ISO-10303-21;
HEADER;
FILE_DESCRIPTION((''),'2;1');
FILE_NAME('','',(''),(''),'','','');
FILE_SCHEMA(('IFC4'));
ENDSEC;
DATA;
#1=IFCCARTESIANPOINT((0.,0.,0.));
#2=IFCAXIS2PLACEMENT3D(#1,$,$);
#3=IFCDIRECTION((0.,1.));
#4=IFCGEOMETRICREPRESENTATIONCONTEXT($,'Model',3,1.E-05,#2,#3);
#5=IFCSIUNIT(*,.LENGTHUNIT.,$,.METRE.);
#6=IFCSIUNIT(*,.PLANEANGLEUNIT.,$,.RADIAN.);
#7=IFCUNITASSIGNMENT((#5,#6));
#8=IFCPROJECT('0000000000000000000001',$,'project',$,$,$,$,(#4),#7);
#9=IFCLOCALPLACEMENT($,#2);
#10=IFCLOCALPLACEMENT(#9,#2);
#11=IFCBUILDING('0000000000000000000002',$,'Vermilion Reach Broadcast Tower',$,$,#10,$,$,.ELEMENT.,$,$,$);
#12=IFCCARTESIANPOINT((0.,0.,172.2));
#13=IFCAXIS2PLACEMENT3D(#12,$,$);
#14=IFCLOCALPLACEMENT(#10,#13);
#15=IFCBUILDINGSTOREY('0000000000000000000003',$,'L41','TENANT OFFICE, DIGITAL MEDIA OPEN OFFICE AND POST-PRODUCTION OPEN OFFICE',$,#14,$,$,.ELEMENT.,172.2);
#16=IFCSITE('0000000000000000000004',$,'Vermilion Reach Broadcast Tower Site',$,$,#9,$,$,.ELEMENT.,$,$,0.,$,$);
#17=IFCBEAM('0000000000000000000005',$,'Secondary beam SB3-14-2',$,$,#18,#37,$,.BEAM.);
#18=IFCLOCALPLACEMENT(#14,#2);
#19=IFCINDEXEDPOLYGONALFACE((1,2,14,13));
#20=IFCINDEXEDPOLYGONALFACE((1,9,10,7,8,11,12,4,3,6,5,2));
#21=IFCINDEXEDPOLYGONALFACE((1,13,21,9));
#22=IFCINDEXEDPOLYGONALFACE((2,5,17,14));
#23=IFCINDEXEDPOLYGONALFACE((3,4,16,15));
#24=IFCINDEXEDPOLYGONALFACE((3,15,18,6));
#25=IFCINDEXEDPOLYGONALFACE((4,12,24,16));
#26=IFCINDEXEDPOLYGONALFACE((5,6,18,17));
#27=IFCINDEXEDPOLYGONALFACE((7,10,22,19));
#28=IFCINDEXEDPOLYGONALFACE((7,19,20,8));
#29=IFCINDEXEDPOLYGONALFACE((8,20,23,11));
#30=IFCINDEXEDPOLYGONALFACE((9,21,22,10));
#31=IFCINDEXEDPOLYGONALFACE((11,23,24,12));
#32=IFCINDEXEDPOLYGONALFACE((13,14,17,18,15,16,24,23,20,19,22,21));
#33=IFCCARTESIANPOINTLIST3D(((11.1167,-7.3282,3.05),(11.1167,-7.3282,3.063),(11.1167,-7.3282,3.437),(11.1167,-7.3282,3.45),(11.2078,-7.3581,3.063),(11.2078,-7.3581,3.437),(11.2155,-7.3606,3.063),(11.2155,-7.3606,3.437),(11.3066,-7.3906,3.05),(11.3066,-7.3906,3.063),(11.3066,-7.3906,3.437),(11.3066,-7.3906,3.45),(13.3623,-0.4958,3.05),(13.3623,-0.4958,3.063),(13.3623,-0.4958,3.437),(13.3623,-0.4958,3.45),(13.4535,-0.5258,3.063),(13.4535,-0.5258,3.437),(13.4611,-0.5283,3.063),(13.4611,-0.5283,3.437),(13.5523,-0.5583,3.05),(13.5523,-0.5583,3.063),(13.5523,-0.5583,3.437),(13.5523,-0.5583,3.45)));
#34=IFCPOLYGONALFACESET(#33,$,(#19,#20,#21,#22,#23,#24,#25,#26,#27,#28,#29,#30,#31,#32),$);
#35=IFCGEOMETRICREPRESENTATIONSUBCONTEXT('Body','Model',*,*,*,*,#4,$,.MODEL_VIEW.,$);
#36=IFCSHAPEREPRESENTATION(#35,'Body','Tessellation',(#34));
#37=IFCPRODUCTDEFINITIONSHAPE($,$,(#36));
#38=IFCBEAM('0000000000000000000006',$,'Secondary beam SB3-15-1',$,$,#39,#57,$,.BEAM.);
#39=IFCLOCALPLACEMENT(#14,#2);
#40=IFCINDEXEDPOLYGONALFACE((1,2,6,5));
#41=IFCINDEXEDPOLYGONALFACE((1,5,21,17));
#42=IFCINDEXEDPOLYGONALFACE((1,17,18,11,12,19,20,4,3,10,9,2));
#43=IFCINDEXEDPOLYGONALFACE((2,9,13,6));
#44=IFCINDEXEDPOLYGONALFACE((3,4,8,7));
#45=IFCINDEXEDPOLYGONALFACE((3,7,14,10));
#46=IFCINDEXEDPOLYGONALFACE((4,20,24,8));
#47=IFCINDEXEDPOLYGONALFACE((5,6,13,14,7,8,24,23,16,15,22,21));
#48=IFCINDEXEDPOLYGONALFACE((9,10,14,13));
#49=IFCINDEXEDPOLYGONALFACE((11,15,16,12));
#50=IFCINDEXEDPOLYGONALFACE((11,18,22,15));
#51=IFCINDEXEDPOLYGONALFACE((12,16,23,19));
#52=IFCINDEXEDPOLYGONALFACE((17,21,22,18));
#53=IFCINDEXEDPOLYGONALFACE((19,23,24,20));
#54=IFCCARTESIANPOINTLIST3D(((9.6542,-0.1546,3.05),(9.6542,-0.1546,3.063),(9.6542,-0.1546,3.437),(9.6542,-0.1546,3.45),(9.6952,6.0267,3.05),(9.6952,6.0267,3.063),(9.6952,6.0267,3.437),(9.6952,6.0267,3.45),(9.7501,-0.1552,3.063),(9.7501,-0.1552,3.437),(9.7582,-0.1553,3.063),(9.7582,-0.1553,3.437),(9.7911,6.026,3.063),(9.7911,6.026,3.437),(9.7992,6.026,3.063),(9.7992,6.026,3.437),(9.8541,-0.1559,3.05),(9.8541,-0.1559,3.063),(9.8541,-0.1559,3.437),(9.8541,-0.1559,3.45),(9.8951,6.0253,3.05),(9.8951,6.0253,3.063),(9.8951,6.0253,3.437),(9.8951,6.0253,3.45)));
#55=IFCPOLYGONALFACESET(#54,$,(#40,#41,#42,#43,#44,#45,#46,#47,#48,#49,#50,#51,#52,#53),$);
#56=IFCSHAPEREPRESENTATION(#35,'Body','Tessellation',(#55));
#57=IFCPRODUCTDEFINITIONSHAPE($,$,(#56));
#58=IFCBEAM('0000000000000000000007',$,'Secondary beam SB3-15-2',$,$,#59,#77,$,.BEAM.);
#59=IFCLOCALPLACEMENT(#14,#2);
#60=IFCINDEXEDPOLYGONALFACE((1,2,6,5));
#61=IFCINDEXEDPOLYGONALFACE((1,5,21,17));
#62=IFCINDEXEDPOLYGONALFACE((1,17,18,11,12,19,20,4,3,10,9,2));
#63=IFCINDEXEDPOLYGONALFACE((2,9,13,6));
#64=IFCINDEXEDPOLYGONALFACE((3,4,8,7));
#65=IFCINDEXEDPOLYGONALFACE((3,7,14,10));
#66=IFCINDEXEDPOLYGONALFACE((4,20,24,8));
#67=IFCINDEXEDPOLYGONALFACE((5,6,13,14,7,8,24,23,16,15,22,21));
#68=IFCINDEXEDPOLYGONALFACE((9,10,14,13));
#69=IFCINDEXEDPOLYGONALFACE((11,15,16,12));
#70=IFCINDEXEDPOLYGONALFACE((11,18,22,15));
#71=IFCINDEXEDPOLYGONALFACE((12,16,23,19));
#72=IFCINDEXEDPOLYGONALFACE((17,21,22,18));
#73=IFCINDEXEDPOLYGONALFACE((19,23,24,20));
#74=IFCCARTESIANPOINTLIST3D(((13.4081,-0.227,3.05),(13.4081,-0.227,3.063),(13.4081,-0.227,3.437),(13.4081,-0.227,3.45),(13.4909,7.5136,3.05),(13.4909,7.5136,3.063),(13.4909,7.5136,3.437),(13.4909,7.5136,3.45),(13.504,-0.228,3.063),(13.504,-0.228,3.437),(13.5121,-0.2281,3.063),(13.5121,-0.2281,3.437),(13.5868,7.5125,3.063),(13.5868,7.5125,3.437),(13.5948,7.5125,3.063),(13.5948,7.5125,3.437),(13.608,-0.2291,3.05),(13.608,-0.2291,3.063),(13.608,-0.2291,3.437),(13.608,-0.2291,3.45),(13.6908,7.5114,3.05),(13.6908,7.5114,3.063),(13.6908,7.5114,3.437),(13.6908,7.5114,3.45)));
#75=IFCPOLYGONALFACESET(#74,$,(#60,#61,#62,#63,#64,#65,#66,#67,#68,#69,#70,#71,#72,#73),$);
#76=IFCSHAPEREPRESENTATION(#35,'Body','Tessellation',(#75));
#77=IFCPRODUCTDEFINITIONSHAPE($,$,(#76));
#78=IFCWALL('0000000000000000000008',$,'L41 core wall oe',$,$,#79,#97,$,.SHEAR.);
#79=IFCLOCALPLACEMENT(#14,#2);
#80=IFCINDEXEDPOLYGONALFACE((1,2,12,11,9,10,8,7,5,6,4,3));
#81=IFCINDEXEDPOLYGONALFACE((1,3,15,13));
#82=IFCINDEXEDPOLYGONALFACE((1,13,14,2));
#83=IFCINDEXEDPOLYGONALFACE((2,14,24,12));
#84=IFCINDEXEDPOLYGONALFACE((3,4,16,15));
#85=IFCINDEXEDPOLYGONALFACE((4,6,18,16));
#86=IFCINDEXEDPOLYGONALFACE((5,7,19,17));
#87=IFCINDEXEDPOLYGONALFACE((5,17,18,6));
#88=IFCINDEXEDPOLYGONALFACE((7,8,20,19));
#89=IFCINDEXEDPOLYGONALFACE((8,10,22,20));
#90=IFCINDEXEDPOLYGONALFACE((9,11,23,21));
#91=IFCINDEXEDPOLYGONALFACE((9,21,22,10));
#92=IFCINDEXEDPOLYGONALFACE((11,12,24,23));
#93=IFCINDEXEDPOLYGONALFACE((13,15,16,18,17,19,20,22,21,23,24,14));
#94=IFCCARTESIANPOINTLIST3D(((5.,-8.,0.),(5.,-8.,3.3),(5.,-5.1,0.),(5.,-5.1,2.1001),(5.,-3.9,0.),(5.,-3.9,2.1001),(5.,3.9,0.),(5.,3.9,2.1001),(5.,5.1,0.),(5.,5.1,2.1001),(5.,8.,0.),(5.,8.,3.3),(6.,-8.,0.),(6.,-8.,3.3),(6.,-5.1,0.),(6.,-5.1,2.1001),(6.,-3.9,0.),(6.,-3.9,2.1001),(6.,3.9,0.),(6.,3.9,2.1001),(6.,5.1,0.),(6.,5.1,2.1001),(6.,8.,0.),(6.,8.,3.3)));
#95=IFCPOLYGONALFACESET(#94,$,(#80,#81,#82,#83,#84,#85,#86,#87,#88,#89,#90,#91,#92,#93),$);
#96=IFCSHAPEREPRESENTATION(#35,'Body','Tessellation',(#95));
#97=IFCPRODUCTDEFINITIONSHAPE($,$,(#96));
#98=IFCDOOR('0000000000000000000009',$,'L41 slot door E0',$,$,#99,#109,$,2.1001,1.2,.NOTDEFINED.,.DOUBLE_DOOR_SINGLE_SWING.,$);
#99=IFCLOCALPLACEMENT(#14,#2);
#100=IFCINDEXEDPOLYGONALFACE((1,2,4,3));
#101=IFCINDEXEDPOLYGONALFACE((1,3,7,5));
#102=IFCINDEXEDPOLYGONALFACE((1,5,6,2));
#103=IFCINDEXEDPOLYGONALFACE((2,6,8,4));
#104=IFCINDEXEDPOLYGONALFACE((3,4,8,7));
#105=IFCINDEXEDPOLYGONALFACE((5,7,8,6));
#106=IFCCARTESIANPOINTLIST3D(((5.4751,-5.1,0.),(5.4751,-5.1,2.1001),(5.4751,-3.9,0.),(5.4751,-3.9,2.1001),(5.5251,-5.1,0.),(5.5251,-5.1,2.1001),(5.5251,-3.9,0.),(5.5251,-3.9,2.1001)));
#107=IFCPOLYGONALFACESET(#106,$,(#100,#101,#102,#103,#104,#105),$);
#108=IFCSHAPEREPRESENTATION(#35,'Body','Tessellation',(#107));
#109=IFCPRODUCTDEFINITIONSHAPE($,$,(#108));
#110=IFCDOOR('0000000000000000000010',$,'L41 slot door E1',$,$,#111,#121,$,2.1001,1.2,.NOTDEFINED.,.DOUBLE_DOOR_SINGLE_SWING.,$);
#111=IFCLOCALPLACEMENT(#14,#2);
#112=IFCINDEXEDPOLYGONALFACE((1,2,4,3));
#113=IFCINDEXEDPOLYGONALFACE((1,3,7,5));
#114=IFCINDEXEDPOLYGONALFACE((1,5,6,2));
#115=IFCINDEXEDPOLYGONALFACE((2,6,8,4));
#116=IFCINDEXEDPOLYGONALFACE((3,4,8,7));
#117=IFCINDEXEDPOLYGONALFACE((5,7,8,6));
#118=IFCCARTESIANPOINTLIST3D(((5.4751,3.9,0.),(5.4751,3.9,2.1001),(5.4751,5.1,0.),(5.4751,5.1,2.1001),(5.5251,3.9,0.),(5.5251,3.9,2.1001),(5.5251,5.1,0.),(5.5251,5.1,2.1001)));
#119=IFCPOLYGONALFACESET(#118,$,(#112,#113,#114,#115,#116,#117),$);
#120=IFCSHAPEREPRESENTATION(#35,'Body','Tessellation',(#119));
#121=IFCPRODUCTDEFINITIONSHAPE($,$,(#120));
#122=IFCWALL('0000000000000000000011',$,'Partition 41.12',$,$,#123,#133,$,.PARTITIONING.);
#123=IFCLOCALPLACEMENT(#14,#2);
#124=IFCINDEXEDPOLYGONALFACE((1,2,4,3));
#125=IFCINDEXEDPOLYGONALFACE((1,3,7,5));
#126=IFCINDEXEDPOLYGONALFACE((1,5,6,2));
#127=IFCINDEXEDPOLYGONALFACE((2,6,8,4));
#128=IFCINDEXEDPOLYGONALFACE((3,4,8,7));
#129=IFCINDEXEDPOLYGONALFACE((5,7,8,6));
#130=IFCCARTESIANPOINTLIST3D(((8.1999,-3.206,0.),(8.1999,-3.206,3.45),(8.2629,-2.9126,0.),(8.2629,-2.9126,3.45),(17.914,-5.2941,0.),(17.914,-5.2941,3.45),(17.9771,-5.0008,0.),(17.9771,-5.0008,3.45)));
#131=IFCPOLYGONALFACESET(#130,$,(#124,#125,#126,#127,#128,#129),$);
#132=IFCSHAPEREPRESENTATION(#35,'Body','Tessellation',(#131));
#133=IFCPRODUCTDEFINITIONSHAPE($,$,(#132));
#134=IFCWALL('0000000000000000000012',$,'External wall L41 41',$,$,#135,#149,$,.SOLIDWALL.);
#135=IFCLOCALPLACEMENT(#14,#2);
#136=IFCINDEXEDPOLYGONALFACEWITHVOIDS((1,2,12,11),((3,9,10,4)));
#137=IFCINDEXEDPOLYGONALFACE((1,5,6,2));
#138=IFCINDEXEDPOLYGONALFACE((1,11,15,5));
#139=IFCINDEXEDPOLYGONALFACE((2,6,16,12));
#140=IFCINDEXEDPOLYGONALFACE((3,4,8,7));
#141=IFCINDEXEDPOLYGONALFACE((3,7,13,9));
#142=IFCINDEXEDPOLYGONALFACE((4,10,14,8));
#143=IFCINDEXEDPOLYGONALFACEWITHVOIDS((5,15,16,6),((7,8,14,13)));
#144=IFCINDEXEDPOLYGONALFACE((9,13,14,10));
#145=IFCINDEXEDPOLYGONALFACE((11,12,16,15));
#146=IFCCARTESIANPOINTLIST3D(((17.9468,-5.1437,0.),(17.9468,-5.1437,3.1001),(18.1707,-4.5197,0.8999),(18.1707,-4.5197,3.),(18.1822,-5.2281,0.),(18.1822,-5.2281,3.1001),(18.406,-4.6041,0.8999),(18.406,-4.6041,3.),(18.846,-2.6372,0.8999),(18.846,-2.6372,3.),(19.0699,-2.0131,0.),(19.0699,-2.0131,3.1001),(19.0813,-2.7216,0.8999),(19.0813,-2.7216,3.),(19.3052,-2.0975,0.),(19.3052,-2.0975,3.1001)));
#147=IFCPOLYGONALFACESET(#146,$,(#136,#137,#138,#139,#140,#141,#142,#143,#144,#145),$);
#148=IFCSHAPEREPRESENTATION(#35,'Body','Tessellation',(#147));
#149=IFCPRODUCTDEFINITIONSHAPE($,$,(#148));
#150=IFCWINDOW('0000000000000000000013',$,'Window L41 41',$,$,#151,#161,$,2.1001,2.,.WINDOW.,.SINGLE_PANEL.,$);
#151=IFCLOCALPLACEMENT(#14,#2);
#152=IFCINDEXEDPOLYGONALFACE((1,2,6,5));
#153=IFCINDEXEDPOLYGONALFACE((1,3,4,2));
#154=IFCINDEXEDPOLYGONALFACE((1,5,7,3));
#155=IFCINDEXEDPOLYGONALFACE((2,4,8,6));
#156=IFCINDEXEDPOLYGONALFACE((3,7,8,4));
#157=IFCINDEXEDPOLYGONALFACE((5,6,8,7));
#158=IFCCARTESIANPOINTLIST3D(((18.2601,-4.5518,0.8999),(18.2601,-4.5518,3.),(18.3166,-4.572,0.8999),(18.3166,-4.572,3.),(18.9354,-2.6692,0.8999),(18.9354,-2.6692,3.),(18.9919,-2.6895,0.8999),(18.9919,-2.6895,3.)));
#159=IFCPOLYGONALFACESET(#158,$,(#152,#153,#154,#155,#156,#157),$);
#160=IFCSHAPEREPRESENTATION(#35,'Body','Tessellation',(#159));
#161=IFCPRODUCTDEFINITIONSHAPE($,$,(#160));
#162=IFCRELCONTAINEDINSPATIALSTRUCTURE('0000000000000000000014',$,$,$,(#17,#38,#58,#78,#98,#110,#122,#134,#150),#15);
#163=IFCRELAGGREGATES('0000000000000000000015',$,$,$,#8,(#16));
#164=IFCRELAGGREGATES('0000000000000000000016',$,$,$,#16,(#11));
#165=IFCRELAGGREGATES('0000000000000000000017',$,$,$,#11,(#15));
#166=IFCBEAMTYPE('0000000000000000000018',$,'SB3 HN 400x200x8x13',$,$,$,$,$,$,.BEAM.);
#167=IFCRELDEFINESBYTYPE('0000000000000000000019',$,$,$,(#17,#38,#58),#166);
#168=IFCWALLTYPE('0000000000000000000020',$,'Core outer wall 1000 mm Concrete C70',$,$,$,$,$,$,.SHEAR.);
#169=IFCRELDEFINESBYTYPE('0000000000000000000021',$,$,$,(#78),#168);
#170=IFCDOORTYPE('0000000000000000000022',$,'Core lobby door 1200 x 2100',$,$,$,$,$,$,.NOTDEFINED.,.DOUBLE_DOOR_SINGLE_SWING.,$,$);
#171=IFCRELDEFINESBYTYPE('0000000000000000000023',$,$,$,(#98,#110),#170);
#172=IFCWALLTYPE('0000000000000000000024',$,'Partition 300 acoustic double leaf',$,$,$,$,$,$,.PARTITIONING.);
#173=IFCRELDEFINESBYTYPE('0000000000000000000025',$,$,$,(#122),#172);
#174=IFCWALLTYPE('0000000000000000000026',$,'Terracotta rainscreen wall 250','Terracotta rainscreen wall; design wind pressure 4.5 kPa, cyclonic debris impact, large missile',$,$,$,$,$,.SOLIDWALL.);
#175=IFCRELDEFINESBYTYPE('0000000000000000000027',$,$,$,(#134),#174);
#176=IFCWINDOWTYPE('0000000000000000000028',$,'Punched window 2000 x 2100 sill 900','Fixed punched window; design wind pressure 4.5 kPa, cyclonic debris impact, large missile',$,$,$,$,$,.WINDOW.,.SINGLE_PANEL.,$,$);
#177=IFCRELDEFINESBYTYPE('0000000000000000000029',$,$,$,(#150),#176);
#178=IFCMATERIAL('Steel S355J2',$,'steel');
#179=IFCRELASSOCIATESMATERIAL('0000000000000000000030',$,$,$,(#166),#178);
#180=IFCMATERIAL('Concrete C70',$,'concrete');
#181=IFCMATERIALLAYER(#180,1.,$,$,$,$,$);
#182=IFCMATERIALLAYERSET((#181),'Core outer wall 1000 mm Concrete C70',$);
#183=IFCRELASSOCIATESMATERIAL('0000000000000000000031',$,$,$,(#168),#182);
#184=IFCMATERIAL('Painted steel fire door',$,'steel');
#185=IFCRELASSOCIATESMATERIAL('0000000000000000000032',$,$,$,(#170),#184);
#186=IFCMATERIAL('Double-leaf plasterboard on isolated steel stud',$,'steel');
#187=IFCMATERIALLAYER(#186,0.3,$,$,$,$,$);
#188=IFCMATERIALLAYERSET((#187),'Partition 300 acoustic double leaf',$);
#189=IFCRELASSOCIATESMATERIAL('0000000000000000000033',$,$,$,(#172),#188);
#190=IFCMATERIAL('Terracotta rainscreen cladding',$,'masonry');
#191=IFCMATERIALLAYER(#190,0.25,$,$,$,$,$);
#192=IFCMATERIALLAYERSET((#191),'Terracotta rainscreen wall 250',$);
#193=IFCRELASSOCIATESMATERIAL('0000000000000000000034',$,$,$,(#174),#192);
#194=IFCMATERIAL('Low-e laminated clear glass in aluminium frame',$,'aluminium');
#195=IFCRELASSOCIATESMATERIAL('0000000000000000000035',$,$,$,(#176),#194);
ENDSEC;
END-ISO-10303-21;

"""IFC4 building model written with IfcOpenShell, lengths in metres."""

from ifc_helpers import new_model, si_unit, direction, frame, frame_2d, origin, origin_2d, place, context, subcontext, project, spatial, rectangle, i_section, extrude, material, layer, layer_set, material_profile, profile_set, type_object, element, fill, save


model = new_model("IFC4")

# Units and contexts
model_context = context("Model", 3, precision=1e-05, world=origin(), true_north=direction((0.0, 1.0)))
body_context = subcontext(model_context, "Body", "Model", "MODEL_VIEW")
ifc_project = project(units=[si_unit("LENGTHUNIT", "METRE"), si_unit("PLANEANGLEUNIT", "RADIAN")], contexts=[model_context])

# Site, building, storey
site_placement = place(None, origin())
site = spatial("IfcSite", under=ifc_project, at=site_placement, Name="Vermilion Reach Broadcast Tower Site", CompositionType="ELEMENT", RefElevation=0.0)
building_placement = place(site_placement, origin())
building = spatial("IfcBuilding", under=site, at=building_placement, Name="Vermilion Reach Broadcast Tower", CompositionType="ELEMENT")
storey_placement = place(building_placement, frame((0.0, 0.0, 172.2)))
storey = spatial("IfcBuildingStorey", under=building, at=storey_placement, Name="L41", Description="TENANT OFFICE, DIGITAL MEDIA OPEN OFFICE AND POST-PRODUCTION OPEN OFFICE", CompositionType="ELEMENT", Elevation=172.2)

# Beams
ifc_material_1 = material(Name="Steel S355J2", Category="steel")
ifc_material_profile_1 = material_profile(ifc_material_1, i_section(OverallWidth=0.2, OverallDepth=0.3999, WebThickness=0.0081, FlangeThickness=0.0129, at=origin_2d()), Name="S355J2 HN 400x200x8x13")
ifc_profile_set_1 = profile_set([ifc_material_profile_1], Name="Steel S355J2")
beam_type_1 = type_object("IfcBeamType", Name="SB3 HN 400x200x8x13", PredefinedType="BEAM", material=ifc_profile_set_1)
beam_1_placement = place(storey_placement, frame((11.2117, -7.3594, 3.25), z_axis=(0.312243, 0.950002, 0.0), x_axis=(-0.950002, 0.312243, 0.0)))
element("IfcBeam", 1, at=beam_1_placement, inside=storey, type_object=beam_type_1, Name="Secondary beam SB3-14-2", PredefinedType="BEAM", context=body_context, shape_type="SweptSolid", body=[
    extrude(i_section(OverallWidth=0.2, OverallDepth=0.3999, WebThickness=0.0081, FlangeThickness=0.0129, at=origin_2d()), origin(), (0.0, 0.0, 1.0), 7.1919),
])
beam_2_placement = place(storey_placement, frame((9.7542, -0.1553, 3.25), z_axis=(0.006635, 0.999978, 0.0), x_axis=(-0.999978, 0.006635, 0.0)))
element("IfcBeam", 2, at=beam_2_placement, inside=storey, type_object=beam_type_1, Name="Secondary beam SB3-15-1", PredefinedType="BEAM", context=body_context, shape_type="SweptSolid", body=[
    extrude(i_section(OverallWidth=0.2, OverallDepth=0.3999, WebThickness=0.0081, FlangeThickness=0.0129, at=origin_2d()), origin(), (0.0, 0.0, 1.0), 6.1814),
])
beam_3_placement = place(storey_placement, frame((13.5081, -0.228, 3.25), z_axis=(0.010692, 0.999943, 0.0), x_axis=(-0.999943, 0.010692, 0.0)))
element("IfcBeam", 3, at=beam_3_placement, inside=storey, type_object=beam_type_1, Name="Secondary beam SB3-15-2", PredefinedType="BEAM", context=body_context, shape_type="SweptSolid", body=[
    extrude(i_section(OverallWidth=0.2, OverallDepth=0.3999, WebThickness=0.0081, FlangeThickness=0.0129, at=origin_2d()), origin(), (0.0, 0.0, 1.0), 7.741),
])

# Wall, openings, doors
ifc_material_2 = material(Name="Concrete C70", Category="concrete")
ifc_layer_1 = layer(ifc_material_2, 1.0)
ifc_layer_set_1 = layer_set([ifc_layer_1], Name="Core outer wall 1000 mm Concrete C70")
wall_type_1 = type_object("IfcWallType", Name="Core outer wall 1000 mm Concrete C70", PredefinedType="SHEAR", material=ifc_layer_set_1)
wall_1_placement = place(storey_placement, frame((5.5, -8.0, 0.0), z_axis=(0.0, 0.0, 1.0), x_axis=(0.0, 1.0, 0.0)))
wall_1 = element("IfcWall", 4, at=wall_1_placement, inside=storey, type_object=wall_type_1, Name="L41 core wall oe", PredefinedType="SHEAR", context=body_context, shape_type="SweptSolid", body=[
    extrude(rectangle(XDim=16.0, YDim=1.0, at=frame_2d((8.0, 0.0))), origin(), (0.0, 0.0, 1.0), 3.3),
])
opening_1_placement = place(wall_1_placement, frame((2.8999, 0.0, 0.0)))
opening_1 = element("IfcOpeningElement", 5, at=opening_1_placement, cuts=wall_1, PredefinedType="OPENING", context=body_context, shape_type="SweptSolid", body=[
    extrude(rectangle(XDim=1.2, YDim=2.1001, at=frame_2d((0.6001, 1.05))), frame((0.0, 0.51, 0.0), z_axis=(0.0, -1.0, 0.0), x_axis=(1.0, 0.0, 0.0)), (0.0, 0.0, 1.0), 1.02),
])
opening_2_placement = place(wall_1_placement, frame((11.8999, 0.0, 0.0)))
opening_2 = element("IfcOpeningElement", 6, at=opening_2_placement, cuts=wall_1, PredefinedType="OPENING", context=body_context, shape_type="SweptSolid", body=[
    extrude(rectangle(XDim=1.2, YDim=2.1001, at=frame_2d((0.6001, 1.05))), frame((0.0, 0.51, 0.0), z_axis=(0.0, -1.0, 0.0), x_axis=(1.0, 0.0, 0.0)), (0.0, 0.0, 1.0), 1.02),
])
ifc_material_3 = material(Name="Painted steel fire door", Category="steel")
door_type_1 = type_object("IfcDoorType", Name="Core lobby door 1200 x 2100", OperationType="DOUBLE_DOOR_SINGLE_SWING", PredefinedType="NOTDEFINED", material=ifc_material_3)
door_1_placement = place(opening_1_placement, origin())
door_1 = element("IfcDoor", 7, at=door_1_placement, inside=storey, type_object=door_type_1, Name="L41 slot door E0", OperationType="DOUBLE_DOOR_SINGLE_SWING", OverallHeight=2.1001, OverallWidth=1.2, PredefinedType="NOTDEFINED", context=body_context, shape_type="SweptSolid", body=[
    extrude(rectangle(XDim=1.2, YDim=2.1001, at=frame_2d((0.6001, 1.05))), frame((0.0, 0.0249, 0.0), z_axis=(0.0, -1.0, 0.0), x_axis=(1.0, 0.0, 0.0)), (0.0, 0.0, 1.0), 0.05),
])
fill(opening_1, door_1)
door_2_placement = place(opening_2_placement, origin())
door_2 = element("IfcDoor", 8, at=door_2_placement, inside=storey, type_object=door_type_1, Name="L41 slot door E1", OperationType="DOUBLE_DOOR_SINGLE_SWING", OverallHeight=2.1001, OverallWidth=1.2, PredefinedType="NOTDEFINED", context=body_context, shape_type="SweptSolid", body=[
    extrude(rectangle(XDim=1.2, YDim=2.1001, at=frame_2d((0.6001, 1.05))), frame((0.0, 0.0249, 0.0), z_axis=(0.0, -1.0, 0.0), x_axis=(1.0, 0.0, 0.0)), (0.0, 0.0, 1.0), 0.05),
])
fill(opening_2, door_2)

# Wall
ifc_material_4 = material(Name="Double-leaf plasterboard on isolated steel stud", Category="steel")
ifc_layer_2 = layer(ifc_material_4, 0.3)
ifc_layer_set_2 = layer_set([ifc_layer_2], Name="Partition 300 acoustic double leaf")
wall_type_2 = type_object("IfcWallType", Name="Partition 300 acoustic double leaf", PredefinedType="PARTITIONING", material=ifc_layer_set_2)
wall_2_placement = place(storey_placement, frame((17.9456, -5.1475, 0.0), z_axis=(0.0, 0.0, 1.0), x_axis=(-0.977667, 0.210158, 0.0)))
element("IfcWall", 9, at=wall_2_placement, inside=storey, type_object=wall_type_2, Name="Partition 41.12", PredefinedType="PARTITIONING", context=body_context, shape_type="SweptSolid", body=[
    extrude(rectangle(XDim=9.936, YDim=0.3, at=frame_2d((4.968, 0.0))), origin(), (0.0, 0.0, 1.0), 3.45),
])

# Shared definitions
ifc_material_5 = material(Name="Terracotta rainscreen cladding", Category="masonry")
ifc_layer_3 = layer(ifc_material_5, 0.25)
ifc_layer_set_3 = layer_set([ifc_layer_3], Name="Terracotta rainscreen wall 250")
wall_type_3 = type_object("IfcWallType", Name="Terracotta rainscreen wall 250", Description="Terracotta rainscreen wall; design wind pressure 4.5 kPa, cyclonic debris impact, large missile", PredefinedType="SOLIDWALL", material=ifc_layer_set_3)

# Wall, opening, window
wall_3_placement = place(storey_placement, frame((18.0645, -5.186, 0.0), z_axis=(0.0, 0.0, 1.0), x_axis=(0.337661, 0.941268, 0.0)))
wall_3 = element("IfcWall", 10, at=wall_3_placement, inside=storey, type_object=wall_type_3, Name="External wall L41 41", PredefinedType="SOLIDWALL", context=body_context, shape_type="SweptSolid", body=[
    extrude(rectangle(XDim=3.3259, YDim=0.25, at=frame_2d((1.6631, 0.0))), origin(), (0.0, 0.0, 1.0), 3.1001),
])
opening_3_placement = place(wall_3_placement, frame((0.6631, 0.0, 0.8999)))
opening_3 = element("IfcOpeningElement", 11, at=opening_3_placement, cuts=wall_3, PredefinedType="OPENING", context=body_context, shape_type="SweptSolid", body=[
    extrude(rectangle(XDim=2.0, YDim=2.1001, at=frame_2d((1.0, 1.05))), frame((0.0, 0.135, 0.0), z_axis=(0.0, -1.0, 0.0), x_axis=(1.0, 0.0, 0.0)), (0.0, 0.0, 1.0), 0.27),
])
ifc_material_6 = material(Name="Low-e laminated clear glass in aluminium frame", Category="aluminium")
window_type = type_object("IfcWindowType", Name="Punched window 2000 x 2100 sill 900", Description="Fixed punched window; design wind pressure 4.5 kPa, cyclonic debris impact, large missile", PartitioningType="SINGLE_PANEL", PredefinedType="WINDOW", material=ifc_material_6)
window_1_placement = place(opening_3_placement, origin())
window_1 = element("IfcWindow", 12, at=window_1_placement, inside=storey, type_object=window_type, Name="Window L41 41", OverallHeight=2.1001, OverallWidth=2.0, PartitioningType="SINGLE_PANEL", PredefinedType="WINDOW", context=body_context, shape_type="SweptSolid", body=[
    extrude(rectangle(XDim=2.0, YDim=2.1001, at=frame_2d((1.0, 1.05))), frame((0.0, 0.03, 0.0), z_axis=(0.0, -1.0, 0.0), x_axis=(1.0, 0.0, 0.0)), (0.0, 0.0, 1.0), 0.0601),
])
fill(opening_3, window_1)

save(model, "model.ifc")
